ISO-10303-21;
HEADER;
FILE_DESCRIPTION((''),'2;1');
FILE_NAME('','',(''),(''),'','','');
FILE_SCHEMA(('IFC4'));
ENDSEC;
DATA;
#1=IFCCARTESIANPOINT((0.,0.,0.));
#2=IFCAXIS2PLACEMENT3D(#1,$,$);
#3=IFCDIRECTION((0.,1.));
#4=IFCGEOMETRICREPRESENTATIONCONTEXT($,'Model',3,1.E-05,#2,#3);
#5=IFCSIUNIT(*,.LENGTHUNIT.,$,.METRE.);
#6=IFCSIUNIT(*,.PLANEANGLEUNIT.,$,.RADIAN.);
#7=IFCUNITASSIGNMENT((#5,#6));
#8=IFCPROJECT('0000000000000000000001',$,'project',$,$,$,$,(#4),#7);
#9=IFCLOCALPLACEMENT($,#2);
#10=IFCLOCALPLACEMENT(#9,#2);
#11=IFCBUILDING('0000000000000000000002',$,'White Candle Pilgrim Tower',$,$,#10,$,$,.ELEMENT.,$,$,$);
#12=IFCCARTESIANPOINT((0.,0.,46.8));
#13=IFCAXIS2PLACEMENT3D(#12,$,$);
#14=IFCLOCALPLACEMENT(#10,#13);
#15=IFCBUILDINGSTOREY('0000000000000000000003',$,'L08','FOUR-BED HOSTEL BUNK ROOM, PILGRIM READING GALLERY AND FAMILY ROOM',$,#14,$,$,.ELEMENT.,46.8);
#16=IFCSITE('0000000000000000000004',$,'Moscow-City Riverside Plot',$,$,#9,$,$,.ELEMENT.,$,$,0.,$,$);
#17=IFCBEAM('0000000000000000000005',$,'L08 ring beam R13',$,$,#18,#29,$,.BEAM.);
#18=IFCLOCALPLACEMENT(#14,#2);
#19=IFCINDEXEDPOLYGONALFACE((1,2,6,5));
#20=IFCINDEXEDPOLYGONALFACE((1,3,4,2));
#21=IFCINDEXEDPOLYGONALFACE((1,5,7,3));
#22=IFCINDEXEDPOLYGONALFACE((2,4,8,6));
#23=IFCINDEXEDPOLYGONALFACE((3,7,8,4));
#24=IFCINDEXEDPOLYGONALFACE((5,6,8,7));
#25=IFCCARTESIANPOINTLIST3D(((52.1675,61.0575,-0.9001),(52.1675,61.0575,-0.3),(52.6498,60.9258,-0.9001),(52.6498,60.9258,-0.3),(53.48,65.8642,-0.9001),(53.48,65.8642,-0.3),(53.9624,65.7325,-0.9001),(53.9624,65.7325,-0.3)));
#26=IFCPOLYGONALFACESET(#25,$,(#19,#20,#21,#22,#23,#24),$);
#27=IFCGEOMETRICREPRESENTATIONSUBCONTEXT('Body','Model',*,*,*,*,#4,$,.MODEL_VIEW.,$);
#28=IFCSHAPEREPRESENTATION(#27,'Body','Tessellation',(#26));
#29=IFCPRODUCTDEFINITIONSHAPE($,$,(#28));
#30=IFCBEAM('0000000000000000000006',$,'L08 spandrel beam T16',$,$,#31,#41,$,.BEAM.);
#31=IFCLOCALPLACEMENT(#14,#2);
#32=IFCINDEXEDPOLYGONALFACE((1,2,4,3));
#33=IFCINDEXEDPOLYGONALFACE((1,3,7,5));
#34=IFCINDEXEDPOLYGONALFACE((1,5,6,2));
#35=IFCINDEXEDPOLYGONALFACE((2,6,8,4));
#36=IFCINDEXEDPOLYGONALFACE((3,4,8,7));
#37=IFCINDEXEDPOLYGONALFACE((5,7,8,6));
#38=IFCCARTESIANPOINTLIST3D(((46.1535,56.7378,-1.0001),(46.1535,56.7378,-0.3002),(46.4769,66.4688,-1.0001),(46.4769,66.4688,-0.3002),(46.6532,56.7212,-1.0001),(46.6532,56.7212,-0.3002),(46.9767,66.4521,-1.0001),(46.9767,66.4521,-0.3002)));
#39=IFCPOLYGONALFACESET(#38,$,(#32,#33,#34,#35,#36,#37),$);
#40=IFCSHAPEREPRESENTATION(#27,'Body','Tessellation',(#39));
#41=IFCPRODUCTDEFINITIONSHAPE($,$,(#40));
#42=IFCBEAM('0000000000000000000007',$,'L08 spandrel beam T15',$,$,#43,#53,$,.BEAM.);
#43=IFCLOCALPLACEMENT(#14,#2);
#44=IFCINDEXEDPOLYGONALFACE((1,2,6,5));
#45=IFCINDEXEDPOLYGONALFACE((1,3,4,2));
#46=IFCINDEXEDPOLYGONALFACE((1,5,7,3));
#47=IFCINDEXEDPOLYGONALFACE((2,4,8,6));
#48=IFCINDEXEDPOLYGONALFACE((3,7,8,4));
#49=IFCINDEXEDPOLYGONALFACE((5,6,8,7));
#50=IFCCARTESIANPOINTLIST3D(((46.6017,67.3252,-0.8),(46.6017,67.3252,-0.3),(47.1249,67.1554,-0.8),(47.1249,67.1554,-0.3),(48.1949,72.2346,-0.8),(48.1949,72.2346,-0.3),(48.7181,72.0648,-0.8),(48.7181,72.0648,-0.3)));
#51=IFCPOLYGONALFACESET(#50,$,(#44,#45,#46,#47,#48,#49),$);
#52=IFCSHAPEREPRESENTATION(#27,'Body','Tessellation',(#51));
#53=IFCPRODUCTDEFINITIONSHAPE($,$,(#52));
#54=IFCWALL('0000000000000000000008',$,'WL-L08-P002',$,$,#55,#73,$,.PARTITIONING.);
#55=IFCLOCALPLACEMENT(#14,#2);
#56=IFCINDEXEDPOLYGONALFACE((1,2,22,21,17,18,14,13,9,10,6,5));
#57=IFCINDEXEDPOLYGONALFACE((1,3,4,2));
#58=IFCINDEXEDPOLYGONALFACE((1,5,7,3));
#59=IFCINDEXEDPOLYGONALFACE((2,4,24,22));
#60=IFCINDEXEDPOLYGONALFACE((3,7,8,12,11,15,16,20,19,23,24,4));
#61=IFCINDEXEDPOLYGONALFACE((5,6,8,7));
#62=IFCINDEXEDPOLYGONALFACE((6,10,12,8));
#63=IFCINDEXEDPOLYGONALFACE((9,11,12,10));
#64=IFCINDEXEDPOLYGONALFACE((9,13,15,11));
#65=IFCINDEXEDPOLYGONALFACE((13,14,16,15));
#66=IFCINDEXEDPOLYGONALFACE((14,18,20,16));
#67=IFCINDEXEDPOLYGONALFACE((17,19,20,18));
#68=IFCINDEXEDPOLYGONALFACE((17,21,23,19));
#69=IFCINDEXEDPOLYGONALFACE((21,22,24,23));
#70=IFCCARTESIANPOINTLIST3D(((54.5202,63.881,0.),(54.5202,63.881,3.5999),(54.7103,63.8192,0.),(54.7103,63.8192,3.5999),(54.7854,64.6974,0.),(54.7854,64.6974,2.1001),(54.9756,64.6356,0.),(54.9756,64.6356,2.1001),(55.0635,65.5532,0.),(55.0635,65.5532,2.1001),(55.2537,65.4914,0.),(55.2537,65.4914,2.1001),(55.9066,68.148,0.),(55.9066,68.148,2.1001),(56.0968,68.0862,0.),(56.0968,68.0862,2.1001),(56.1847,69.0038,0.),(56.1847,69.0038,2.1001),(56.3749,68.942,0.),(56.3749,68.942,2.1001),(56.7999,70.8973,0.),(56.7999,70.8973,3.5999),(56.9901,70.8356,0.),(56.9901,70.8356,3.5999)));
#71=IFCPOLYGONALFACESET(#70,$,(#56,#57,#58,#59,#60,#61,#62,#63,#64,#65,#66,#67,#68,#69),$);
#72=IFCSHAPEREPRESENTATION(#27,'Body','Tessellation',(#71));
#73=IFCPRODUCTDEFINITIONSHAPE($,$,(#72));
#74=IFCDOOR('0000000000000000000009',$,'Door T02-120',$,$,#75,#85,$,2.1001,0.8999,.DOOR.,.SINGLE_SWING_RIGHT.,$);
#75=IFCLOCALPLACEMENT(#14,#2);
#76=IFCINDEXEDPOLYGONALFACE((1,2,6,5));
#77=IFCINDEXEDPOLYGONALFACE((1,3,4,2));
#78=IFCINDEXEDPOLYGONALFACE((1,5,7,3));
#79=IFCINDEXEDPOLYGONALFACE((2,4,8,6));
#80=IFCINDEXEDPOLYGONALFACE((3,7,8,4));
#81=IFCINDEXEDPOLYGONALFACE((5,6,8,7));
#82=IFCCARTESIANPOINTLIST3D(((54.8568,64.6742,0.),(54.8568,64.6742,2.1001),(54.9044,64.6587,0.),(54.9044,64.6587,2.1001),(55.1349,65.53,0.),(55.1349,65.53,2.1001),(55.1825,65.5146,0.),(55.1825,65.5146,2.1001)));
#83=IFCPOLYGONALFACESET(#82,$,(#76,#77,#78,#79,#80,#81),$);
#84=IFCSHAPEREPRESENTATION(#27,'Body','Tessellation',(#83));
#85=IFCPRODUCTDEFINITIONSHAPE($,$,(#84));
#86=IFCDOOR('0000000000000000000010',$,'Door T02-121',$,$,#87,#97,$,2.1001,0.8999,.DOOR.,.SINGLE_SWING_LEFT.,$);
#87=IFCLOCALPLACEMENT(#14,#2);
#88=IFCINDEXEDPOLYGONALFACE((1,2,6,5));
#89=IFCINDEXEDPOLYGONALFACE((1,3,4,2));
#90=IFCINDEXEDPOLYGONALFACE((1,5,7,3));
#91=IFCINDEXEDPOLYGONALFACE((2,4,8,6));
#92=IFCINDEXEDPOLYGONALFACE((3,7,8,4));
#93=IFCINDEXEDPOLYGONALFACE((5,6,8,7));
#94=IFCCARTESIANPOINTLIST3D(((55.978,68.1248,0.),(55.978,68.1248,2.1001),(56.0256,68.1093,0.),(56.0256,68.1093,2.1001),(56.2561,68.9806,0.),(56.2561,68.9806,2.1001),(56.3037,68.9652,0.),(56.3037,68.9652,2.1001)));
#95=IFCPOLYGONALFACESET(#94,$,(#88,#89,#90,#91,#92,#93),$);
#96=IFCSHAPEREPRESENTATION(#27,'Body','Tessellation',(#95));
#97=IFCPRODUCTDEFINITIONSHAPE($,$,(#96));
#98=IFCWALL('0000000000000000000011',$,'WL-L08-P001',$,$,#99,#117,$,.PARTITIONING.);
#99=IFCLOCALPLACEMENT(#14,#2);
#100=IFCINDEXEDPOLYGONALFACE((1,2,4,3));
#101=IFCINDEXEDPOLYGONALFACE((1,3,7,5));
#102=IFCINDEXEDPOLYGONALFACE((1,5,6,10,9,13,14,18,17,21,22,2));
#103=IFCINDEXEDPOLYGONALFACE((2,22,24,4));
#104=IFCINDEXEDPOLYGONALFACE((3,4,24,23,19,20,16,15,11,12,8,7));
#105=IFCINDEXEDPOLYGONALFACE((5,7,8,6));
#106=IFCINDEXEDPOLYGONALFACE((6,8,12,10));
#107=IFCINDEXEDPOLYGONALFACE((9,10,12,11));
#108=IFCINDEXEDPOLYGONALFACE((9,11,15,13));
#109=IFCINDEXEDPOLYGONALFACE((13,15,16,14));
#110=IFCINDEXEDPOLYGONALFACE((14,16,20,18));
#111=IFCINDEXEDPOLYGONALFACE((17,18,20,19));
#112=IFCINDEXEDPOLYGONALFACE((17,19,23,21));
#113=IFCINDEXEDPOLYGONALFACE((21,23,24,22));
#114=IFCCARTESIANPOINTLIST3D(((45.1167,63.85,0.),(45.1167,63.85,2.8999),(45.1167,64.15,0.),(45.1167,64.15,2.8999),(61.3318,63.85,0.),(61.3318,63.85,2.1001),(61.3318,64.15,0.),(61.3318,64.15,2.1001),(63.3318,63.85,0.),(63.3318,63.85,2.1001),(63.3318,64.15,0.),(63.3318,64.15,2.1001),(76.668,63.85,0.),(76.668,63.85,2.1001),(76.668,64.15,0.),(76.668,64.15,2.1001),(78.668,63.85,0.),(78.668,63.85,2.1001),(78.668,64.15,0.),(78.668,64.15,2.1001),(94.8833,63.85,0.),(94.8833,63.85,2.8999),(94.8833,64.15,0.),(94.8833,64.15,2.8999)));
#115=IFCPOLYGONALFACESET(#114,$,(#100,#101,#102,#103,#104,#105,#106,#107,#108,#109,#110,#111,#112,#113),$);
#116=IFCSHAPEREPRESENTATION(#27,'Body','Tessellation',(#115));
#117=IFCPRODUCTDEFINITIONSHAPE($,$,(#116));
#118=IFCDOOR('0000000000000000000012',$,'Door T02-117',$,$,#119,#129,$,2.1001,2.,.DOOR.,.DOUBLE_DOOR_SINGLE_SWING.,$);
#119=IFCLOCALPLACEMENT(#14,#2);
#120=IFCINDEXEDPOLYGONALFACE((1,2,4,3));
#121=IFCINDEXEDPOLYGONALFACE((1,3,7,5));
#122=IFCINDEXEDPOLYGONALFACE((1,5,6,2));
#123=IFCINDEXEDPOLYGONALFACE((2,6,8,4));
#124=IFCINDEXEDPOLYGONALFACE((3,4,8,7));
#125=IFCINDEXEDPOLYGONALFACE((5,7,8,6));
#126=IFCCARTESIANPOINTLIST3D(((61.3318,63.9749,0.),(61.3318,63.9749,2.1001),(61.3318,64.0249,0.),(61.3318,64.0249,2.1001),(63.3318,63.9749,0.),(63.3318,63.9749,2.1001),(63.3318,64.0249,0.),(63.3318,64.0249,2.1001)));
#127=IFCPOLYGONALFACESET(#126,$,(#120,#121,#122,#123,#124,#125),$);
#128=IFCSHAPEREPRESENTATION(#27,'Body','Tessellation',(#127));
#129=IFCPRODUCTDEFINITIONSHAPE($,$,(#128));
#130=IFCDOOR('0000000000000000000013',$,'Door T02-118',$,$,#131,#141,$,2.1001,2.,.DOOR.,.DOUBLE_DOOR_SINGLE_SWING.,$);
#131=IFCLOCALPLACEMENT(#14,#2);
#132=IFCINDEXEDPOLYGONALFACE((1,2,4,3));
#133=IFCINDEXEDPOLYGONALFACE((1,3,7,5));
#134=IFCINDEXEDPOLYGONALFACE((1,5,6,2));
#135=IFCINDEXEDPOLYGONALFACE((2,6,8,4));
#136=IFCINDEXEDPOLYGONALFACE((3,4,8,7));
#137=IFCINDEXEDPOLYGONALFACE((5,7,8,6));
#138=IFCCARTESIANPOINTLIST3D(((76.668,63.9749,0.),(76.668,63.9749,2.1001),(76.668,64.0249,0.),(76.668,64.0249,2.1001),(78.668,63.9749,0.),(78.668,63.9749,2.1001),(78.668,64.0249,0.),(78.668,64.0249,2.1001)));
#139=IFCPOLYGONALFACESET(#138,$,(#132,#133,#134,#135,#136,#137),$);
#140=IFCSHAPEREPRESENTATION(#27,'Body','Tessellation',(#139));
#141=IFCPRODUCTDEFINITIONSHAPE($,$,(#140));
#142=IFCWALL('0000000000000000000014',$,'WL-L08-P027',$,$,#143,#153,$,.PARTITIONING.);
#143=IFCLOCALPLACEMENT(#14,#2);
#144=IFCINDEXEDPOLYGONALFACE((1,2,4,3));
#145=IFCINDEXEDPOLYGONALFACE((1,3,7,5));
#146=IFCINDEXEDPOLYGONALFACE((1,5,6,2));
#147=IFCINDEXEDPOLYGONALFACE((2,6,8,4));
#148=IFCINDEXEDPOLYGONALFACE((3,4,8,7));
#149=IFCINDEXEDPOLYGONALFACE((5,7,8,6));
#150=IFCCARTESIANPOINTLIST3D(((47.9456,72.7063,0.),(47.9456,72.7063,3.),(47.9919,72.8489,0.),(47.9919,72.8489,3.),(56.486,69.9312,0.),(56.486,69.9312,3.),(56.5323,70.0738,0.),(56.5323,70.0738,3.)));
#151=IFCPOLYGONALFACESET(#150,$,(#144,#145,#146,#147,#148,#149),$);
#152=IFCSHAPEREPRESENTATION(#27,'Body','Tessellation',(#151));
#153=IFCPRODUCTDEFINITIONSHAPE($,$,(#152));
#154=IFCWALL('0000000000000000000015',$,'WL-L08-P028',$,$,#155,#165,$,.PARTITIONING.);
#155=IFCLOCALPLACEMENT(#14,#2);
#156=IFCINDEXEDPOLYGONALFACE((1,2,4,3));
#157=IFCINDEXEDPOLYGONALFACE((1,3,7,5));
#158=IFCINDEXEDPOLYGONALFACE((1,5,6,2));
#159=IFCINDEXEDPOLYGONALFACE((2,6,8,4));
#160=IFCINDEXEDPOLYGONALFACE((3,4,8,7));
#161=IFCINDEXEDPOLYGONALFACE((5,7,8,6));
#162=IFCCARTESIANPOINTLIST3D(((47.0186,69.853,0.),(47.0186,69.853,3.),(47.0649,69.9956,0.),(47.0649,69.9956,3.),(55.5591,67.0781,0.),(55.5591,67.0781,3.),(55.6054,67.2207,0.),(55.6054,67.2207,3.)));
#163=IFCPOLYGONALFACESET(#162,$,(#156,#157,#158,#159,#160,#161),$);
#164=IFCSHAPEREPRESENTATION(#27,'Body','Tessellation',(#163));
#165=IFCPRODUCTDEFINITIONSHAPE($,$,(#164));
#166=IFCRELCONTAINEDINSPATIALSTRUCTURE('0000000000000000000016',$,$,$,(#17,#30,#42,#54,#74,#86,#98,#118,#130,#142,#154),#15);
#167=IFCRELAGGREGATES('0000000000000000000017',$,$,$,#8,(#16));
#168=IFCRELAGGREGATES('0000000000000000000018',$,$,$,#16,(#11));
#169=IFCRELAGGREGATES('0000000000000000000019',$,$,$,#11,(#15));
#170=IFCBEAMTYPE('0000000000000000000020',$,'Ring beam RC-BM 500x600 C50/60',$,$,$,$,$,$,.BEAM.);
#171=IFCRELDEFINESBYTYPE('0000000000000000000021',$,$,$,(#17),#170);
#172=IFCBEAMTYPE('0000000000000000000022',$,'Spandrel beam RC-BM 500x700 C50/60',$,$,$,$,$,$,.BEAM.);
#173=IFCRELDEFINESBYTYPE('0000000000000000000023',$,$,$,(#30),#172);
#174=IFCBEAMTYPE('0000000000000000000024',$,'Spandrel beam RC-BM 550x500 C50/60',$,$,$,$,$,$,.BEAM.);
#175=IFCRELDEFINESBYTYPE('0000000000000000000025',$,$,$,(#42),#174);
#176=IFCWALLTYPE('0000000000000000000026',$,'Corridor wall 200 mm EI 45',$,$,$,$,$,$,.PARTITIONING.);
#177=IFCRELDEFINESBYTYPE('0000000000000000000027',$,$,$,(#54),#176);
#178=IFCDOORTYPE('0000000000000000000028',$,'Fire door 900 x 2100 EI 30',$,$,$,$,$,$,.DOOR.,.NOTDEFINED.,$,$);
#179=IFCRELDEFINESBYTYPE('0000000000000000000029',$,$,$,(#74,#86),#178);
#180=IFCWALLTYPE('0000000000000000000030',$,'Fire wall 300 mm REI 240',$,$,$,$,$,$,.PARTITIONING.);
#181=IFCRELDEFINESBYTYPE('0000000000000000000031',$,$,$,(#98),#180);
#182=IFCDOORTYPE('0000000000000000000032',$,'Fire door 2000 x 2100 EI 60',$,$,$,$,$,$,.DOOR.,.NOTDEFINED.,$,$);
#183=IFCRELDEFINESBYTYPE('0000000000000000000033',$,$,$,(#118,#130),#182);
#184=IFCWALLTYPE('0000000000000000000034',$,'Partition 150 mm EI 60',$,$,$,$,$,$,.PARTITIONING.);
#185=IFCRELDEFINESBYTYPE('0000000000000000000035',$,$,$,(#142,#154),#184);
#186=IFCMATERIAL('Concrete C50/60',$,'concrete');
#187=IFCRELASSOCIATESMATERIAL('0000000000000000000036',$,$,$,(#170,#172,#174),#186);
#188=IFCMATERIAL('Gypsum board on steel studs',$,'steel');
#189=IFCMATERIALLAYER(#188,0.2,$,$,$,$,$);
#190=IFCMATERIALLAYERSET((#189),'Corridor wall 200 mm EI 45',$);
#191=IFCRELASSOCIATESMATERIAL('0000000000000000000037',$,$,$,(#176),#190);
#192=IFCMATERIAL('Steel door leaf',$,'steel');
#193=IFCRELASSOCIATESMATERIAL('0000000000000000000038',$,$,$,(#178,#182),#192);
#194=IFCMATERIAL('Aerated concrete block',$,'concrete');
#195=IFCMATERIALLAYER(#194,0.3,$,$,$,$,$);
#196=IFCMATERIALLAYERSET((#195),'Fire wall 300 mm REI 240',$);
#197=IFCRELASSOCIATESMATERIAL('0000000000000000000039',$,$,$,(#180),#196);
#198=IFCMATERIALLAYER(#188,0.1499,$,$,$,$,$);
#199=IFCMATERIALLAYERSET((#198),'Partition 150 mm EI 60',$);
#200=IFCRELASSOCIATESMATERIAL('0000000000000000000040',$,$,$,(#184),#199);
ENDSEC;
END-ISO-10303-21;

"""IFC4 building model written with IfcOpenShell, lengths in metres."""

from ifc_helpers import new_model, si_unit, direction, frame, frame_2d, origin, origin_2d, place, context, subcontext, project, spatial, rectangle, extrude, material, layer, layer_set, material_profile, profile_set, type_object, element, fill, save


model = new_model("IFC4")

# Units and contexts
model_context = context("Model", 3, precision=1e-05, world=origin(), true_north=direction((0.0, 1.0)))
body_context = subcontext(model_context, "Body", "Model", "MODEL_VIEW")
ifc_project = project(units=[si_unit("LENGTHUNIT", "METRE"), si_unit("PLANEANGLEUNIT", "RADIAN")], contexts=[model_context])

# Site, building, storey
site_placement = place(None, origin())
site = spatial("IfcSite", under=ifc_project, at=site_placement, Name="Moscow-City Riverside Plot", CompositionType="ELEMENT", RefElevation=0.0)
building_placement = place(site_placement, origin())
building = spatial("IfcBuilding", under=site, at=building_placement, Name="White Candle Pilgrim Tower", CompositionType="ELEMENT")
storey_placement = place(building_placement, frame((0.0, 0.0, 46.8)))
storey = spatial("IfcBuildingStorey", under=building, at=storey_placement, Name="L08", Description="FOUR-BED HOSTEL BUNK ROOM, PILGRIM READING GALLERY AND FAMILY ROOM", CompositionType="ELEMENT", Elevation=46.8)

# Beams
ifc_material_1 = material(Name="Concrete C50/60", Category="concrete")
ifc_material_profile_1 = material_profile(ifc_material_1, rectangle(XDim=0.5, YDim=0.6001, at=origin_2d()), Name="RC-BM 500x600")
ifc_profile_set_1 = profile_set([ifc_material_profile_1], Name="Concrete C50/60")
beam_type_1 = type_object("IfcBeamType", Name="Ring beam RC-BM 500x600 C50/60", PredefinedType="BEAM", material=ifc_profile_set_1)
beam_1_placement = place(storey_placement, frame((53.7212, 65.7983, -0.6001), z_axis=(-0.263416, -0.964682, 0.0), x_axis=(0.964682, -0.263416, 0.0)))
element("IfcBeam", 1, at=beam_1_placement, inside=storey, type_object=beam_type_1, Name="L08 ring beam R13", PredefinedType="BEAM", context=body_context, shape_type="SweptSolid", body=[
    extrude(rectangle(XDim=0.5, YDim=0.6001, at=origin_2d()), origin(), (0.0, 0.0, 1.0), 4.9827),
])
ifc_material_profile_2 = material_profile(ifc_material_1, rectangle(XDim=0.5, YDim=0.7, at=origin_2d()), Name="RC-BM 500x700")
ifc_profile_set_2 = profile_set([ifc_material_profile_2], Name="Concrete C50/60")
beam_type_2 = type_object("IfcBeamType", Name="Spandrel beam RC-BM 500x700 C50/60", PredefinedType="BEAM", material=ifc_profile_set_2)
beam_2_placement = place(storey_placement, frame((46.7268, 66.4604, -0.6501), z_axis=(-0.033225, -0.999448, 0.0), x_axis=(0.999448, -0.033225, 0.0)))
element("IfcBeam", 2, at=beam_2_placement, inside=storey, type_object=beam_type_2, Name="L08 spandrel beam T16", PredefinedType="BEAM", context=body_context, shape_type="SweptSolid", body=[
    extrude(rectangle(XDim=0.5, YDim=0.7, at=origin_2d()), origin(), (0.0, 0.0, 1.0), 9.7363),
])
ifc_material_profile_3 = material_profile(ifc_material_1, rectangle(XDim=0.55, YDim=0.5, at=origin_2d()), Name="RC-BM 550x500")
ifc_profile_set_3 = profile_set([ifc_material_profile_3], Name="Concrete C50/60")
beam_type_3 = type_object("IfcBeamType", Name="Spandrel beam RC-BM 550x500 C50/60", PredefinedType="BEAM", material=ifc_profile_set_3)
beam_3_placement = place(storey_placement, frame((48.4565, 72.1497, -0.55), z_axis=(-0.308683, -0.951165, 0.0), x_axis=(0.951165, -0.308683, 0.0)))
element("IfcBeam", 3, at=beam_3_placement, inside=storey, type_object=beam_type_3, Name="L08 spandrel beam T15", PredefinedType="BEAM", context=body_context, shape_type="SweptSolid", body=[
    extrude(rectangle(XDim=0.55, YDim=0.5, at=origin_2d()), origin(), (0.0, 0.0, 1.0), 5.1614),
])

# Walls, openings, doors
ifc_material_2 = material(Name="Gypsum board on steel studs", Category="steel")
ifc_layer_1 = layer(ifc_material_2, 0.2)
ifc_layer_set_1 = layer_set([ifc_layer_1], Name="Corridor wall 200 mm EI 45")
wall_type_1 = type_object("IfcWallType", Name="Corridor wall 200 mm EI 45", PredefinedType="PARTITIONING", material=ifc_layer_set_1)
wall_1_placement = place(storey_placement, frame((54.6152, 63.8501, 0.0), z_axis=(0.0, 0.0, 1.0), x_axis=(0.309021, 0.951055, 0.0)))
wall_1 = element("IfcWall", 4, at=wall_1_placement, inside=storey, type_object=wall_type_1, Name="WL-L08-P002", PredefinedType="PARTITIONING", context=body_context, shape_type="SweptSolid", body=[
    extrude(rectangle(XDim=7.3774, YDim=0.2, at=frame_2d((3.6887, 0.0))), origin(), (0.0, 0.0, 1.0), 3.5999),
])
opening_1_placement = place(wall_1_placement, frame((0.8584, 0.0, 0.0)))
opening_1 = element("IfcOpeningElement", 5, at=opening_1_placement, cuts=wall_1, PredefinedType="OPENING", context=body_context, shape_type="SweptSolid", body=[
    extrude(rectangle(XDim=0.8999, YDim=2.1001, at=frame_2d((0.45, 1.05))), frame((0.0, 0.1099, 0.0), z_axis=(0.0, -1.0, 0.0), x_axis=(1.0, 0.0, 0.0)), (0.0, 0.0, 1.0), 0.22),
])
opening_2_placement = place(wall_1_placement, frame((4.4866, 0.0, 0.0)))
opening_2 = element("IfcOpeningElement", 6, at=opening_2_placement, cuts=wall_1, PredefinedType="OPENING", context=body_context, shape_type="SweptSolid", body=[
    extrude(rectangle(XDim=0.8999, YDim=2.1001, at=frame_2d((0.45, 1.05))), frame((0.0, 0.1099, 0.0), z_axis=(0.0, -1.0, 0.0), x_axis=(1.0, 0.0, 0.0)), (0.0, 0.0, 1.0), 0.22),
])
ifc_material_3 = material(Name="Steel door leaf", Category="steel")
door_type_1 = type_object("IfcDoorType", Name="Fire door 900 x 2100 EI 30", OperationType="NOTDEFINED", PredefinedType="DOOR", material=ifc_material_3)
door_1_placement = place(opening_1_placement, origin())
door_1 = element("IfcDoor", 7, at=door_1_placement, inside=storey, type_object=door_type_1, Name="Door T02-120", OperationType="SINGLE_SWING_RIGHT", OverallHeight=2.1001, OverallWidth=0.8999, PredefinedType="DOOR", context=body_context, shape_type="SweptSolid", body=[
    extrude(rectangle(XDim=0.8999, YDim=2.1001, at=frame_2d((0.45, 1.05))), frame((0.0, 0.0249, 0.0), z_axis=(0.0, -1.0, 0.0), x_axis=(1.0, 0.0, 0.0)), (0.0, 0.0, 1.0), 0.05),
])
fill(opening_1, door_1)
door_2_placement = place(opening_2_placement, origin())
door_2 = element("IfcDoor", 8, at=door_2_placement, inside=storey, type_object=door_type_1, Name="Door T02-121", OperationType="SINGLE_SWING_LEFT", OverallHeight=2.1001, OverallWidth=0.8999, PredefinedType="DOOR", context=body_context, shape_type="SweptSolid", body=[
    extrude(rectangle(XDim=0.8999, YDim=2.1001, at=frame_2d((0.45, 1.05))), frame((0.0, 0.0249, 0.0), z_axis=(0.0, -1.0, 0.0), x_axis=(1.0, 0.0, 0.0)), (0.0, 0.0, 1.0), 0.05),
])
fill(opening_2, door_2)
ifc_material_4 = material(Name="Aerated concrete block", Category="concrete")
ifc_layer_2 = layer(ifc_material_4, 0.3)
ifc_layer_set_2 = layer_set([ifc_layer_2], Name="Fire wall 300 mm REI 240")
wall_type_2 = type_object("IfcWallType", Name="Fire wall 300 mm REI 240", PredefinedType="PARTITIONING", material=ifc_layer_set_2)
wall_2_placement = place(storey_placement, frame((45.1167, 64.0, 0.0), z_axis=(0.0, 0.0, 1.0), x_axis=(1.0, 0.0, 0.0)))
wall_2 = element("IfcWall", 9, at=wall_2_placement, inside=storey, type_object=wall_type_2, Name="WL-L08-P001", PredefinedType="PARTITIONING", context=body_context, shape_type="SweptSolid", body=[
    extrude(rectangle(XDim=49.7666, YDim=0.3, at=frame_2d((24.8833, 0.0))), origin(), (0.0, 0.0, 1.0), 2.8999),
])
opening_3_placement = place(wall_2_placement, frame((16.2151, 0.0, 0.0)))
opening_3 = element("IfcOpeningElement", 10, at=opening_3_placement, cuts=wall_2, PredefinedType="OPENING", context=body_context, shape_type="SweptSolid", body=[
    extrude(rectangle(XDim=2.0, YDim=2.1001, at=frame_2d((1.0, 1.05))), frame((0.0, 0.1599, 0.0), z_axis=(0.0, -1.0, 0.0), x_axis=(1.0, 0.0, 0.0)), (0.0, 0.0, 1.0), 0.3201),
])
opening_4_placement = place(wall_2_placement, frame((31.5513, 0.0, 0.0)))
opening_4 = element("IfcOpeningElement", 11, at=opening_4_placement, cuts=wall_2, PredefinedType="OPENING", context=body_context, shape_type="SweptSolid", body=[
    extrude(rectangle(XDim=2.0, YDim=2.1001, at=frame_2d((1.0, 1.05))), frame((0.0, 0.1599, 0.0), z_axis=(0.0, -1.0, 0.0), x_axis=(1.0, 0.0, 0.0)), (0.0, 0.0, 1.0), 0.3201),
])
door_type_2 = type_object("IfcDoorType", Name="Fire door 2000 x 2100 EI 60", OperationType="NOTDEFINED", PredefinedType="DOOR", material=ifc_material_3)
door_3_placement = place(opening_3_placement, origin())
door_3 = element("IfcDoor", 12, at=door_3_placement, inside=storey, type_object=door_type_2, Name="Door T02-117", OperationType="DOUBLE_DOOR_SINGLE_SWING", OverallHeight=2.1001, OverallWidth=2.0, PredefinedType="DOOR", context=body_context, shape_type="SweptSolid", body=[
    extrude(rectangle(XDim=2.0, YDim=2.1001, at=frame_2d((1.0, 1.05))), frame((0.0, 0.0249, 0.0), z_axis=(0.0, -1.0, 0.0), x_axis=(1.0, 0.0, 0.0)), (0.0, 0.0, 1.0), 0.05),
])
fill(opening_3, door_3)
door_4_placement = place(opening_4_placement, origin())
door_4 = element("IfcDoor", 13, at=door_4_placement, inside=storey, type_object=door_type_2, Name="Door T02-118", OperationType="DOUBLE_DOOR_SINGLE_SWING", OverallHeight=2.1001, OverallWidth=2.0, PredefinedType="DOOR", context=body_context, shape_type="SweptSolid", body=[
    extrude(rectangle(XDim=2.0, YDim=2.1001, at=frame_2d((1.0, 1.05))), frame((0.0, 0.0249, 0.0), z_axis=(0.0, -1.0, 0.0), x_axis=(1.0, 0.0, 0.0)), (0.0, 0.0, 1.0), 0.05),
])
fill(opening_4, door_4)

# Walls
ifc_layer_3 = layer(ifc_material_2, 0.1499)
ifc_layer_set_3 = layer_set([ifc_layer_3], Name="Partition 150 mm EI 60")
wall_type_3 = type_object("IfcWallType", Name="Partition 150 mm EI 60", PredefinedType="PARTITIONING", material=ifc_layer_set_3)
for number, where, z_axis, x_axis, name in (
    (14, (47.9688, 72.7776, 0.0), (0.0, 0.0, 1.0), (0.951051, -0.309033, 0.0), "WL-L08-P027"),
    (15, (47.0417, 69.9243, 0.0), (0.0, 0.0, 1.0), (0.951059, -0.309009, 0.0), "WL-L08-P028"),
):
    element("IfcWall", number, at=place(storey_placement, frame(where, z_axis=z_axis, x_axis=x_axis)), inside=storey, type_object=wall_type_3, Name=name, PredefinedType="PARTITIONING", context=body_context, shape_type="SweptSolid", body=[
        extrude(rectangle(XDim=8.98, YDim=0.1499, at=frame_2d((4.49, 0.0))), origin(), (0.0, 0.0, 1.0), 3.0),
    ])

save(model, "model.ifc")
